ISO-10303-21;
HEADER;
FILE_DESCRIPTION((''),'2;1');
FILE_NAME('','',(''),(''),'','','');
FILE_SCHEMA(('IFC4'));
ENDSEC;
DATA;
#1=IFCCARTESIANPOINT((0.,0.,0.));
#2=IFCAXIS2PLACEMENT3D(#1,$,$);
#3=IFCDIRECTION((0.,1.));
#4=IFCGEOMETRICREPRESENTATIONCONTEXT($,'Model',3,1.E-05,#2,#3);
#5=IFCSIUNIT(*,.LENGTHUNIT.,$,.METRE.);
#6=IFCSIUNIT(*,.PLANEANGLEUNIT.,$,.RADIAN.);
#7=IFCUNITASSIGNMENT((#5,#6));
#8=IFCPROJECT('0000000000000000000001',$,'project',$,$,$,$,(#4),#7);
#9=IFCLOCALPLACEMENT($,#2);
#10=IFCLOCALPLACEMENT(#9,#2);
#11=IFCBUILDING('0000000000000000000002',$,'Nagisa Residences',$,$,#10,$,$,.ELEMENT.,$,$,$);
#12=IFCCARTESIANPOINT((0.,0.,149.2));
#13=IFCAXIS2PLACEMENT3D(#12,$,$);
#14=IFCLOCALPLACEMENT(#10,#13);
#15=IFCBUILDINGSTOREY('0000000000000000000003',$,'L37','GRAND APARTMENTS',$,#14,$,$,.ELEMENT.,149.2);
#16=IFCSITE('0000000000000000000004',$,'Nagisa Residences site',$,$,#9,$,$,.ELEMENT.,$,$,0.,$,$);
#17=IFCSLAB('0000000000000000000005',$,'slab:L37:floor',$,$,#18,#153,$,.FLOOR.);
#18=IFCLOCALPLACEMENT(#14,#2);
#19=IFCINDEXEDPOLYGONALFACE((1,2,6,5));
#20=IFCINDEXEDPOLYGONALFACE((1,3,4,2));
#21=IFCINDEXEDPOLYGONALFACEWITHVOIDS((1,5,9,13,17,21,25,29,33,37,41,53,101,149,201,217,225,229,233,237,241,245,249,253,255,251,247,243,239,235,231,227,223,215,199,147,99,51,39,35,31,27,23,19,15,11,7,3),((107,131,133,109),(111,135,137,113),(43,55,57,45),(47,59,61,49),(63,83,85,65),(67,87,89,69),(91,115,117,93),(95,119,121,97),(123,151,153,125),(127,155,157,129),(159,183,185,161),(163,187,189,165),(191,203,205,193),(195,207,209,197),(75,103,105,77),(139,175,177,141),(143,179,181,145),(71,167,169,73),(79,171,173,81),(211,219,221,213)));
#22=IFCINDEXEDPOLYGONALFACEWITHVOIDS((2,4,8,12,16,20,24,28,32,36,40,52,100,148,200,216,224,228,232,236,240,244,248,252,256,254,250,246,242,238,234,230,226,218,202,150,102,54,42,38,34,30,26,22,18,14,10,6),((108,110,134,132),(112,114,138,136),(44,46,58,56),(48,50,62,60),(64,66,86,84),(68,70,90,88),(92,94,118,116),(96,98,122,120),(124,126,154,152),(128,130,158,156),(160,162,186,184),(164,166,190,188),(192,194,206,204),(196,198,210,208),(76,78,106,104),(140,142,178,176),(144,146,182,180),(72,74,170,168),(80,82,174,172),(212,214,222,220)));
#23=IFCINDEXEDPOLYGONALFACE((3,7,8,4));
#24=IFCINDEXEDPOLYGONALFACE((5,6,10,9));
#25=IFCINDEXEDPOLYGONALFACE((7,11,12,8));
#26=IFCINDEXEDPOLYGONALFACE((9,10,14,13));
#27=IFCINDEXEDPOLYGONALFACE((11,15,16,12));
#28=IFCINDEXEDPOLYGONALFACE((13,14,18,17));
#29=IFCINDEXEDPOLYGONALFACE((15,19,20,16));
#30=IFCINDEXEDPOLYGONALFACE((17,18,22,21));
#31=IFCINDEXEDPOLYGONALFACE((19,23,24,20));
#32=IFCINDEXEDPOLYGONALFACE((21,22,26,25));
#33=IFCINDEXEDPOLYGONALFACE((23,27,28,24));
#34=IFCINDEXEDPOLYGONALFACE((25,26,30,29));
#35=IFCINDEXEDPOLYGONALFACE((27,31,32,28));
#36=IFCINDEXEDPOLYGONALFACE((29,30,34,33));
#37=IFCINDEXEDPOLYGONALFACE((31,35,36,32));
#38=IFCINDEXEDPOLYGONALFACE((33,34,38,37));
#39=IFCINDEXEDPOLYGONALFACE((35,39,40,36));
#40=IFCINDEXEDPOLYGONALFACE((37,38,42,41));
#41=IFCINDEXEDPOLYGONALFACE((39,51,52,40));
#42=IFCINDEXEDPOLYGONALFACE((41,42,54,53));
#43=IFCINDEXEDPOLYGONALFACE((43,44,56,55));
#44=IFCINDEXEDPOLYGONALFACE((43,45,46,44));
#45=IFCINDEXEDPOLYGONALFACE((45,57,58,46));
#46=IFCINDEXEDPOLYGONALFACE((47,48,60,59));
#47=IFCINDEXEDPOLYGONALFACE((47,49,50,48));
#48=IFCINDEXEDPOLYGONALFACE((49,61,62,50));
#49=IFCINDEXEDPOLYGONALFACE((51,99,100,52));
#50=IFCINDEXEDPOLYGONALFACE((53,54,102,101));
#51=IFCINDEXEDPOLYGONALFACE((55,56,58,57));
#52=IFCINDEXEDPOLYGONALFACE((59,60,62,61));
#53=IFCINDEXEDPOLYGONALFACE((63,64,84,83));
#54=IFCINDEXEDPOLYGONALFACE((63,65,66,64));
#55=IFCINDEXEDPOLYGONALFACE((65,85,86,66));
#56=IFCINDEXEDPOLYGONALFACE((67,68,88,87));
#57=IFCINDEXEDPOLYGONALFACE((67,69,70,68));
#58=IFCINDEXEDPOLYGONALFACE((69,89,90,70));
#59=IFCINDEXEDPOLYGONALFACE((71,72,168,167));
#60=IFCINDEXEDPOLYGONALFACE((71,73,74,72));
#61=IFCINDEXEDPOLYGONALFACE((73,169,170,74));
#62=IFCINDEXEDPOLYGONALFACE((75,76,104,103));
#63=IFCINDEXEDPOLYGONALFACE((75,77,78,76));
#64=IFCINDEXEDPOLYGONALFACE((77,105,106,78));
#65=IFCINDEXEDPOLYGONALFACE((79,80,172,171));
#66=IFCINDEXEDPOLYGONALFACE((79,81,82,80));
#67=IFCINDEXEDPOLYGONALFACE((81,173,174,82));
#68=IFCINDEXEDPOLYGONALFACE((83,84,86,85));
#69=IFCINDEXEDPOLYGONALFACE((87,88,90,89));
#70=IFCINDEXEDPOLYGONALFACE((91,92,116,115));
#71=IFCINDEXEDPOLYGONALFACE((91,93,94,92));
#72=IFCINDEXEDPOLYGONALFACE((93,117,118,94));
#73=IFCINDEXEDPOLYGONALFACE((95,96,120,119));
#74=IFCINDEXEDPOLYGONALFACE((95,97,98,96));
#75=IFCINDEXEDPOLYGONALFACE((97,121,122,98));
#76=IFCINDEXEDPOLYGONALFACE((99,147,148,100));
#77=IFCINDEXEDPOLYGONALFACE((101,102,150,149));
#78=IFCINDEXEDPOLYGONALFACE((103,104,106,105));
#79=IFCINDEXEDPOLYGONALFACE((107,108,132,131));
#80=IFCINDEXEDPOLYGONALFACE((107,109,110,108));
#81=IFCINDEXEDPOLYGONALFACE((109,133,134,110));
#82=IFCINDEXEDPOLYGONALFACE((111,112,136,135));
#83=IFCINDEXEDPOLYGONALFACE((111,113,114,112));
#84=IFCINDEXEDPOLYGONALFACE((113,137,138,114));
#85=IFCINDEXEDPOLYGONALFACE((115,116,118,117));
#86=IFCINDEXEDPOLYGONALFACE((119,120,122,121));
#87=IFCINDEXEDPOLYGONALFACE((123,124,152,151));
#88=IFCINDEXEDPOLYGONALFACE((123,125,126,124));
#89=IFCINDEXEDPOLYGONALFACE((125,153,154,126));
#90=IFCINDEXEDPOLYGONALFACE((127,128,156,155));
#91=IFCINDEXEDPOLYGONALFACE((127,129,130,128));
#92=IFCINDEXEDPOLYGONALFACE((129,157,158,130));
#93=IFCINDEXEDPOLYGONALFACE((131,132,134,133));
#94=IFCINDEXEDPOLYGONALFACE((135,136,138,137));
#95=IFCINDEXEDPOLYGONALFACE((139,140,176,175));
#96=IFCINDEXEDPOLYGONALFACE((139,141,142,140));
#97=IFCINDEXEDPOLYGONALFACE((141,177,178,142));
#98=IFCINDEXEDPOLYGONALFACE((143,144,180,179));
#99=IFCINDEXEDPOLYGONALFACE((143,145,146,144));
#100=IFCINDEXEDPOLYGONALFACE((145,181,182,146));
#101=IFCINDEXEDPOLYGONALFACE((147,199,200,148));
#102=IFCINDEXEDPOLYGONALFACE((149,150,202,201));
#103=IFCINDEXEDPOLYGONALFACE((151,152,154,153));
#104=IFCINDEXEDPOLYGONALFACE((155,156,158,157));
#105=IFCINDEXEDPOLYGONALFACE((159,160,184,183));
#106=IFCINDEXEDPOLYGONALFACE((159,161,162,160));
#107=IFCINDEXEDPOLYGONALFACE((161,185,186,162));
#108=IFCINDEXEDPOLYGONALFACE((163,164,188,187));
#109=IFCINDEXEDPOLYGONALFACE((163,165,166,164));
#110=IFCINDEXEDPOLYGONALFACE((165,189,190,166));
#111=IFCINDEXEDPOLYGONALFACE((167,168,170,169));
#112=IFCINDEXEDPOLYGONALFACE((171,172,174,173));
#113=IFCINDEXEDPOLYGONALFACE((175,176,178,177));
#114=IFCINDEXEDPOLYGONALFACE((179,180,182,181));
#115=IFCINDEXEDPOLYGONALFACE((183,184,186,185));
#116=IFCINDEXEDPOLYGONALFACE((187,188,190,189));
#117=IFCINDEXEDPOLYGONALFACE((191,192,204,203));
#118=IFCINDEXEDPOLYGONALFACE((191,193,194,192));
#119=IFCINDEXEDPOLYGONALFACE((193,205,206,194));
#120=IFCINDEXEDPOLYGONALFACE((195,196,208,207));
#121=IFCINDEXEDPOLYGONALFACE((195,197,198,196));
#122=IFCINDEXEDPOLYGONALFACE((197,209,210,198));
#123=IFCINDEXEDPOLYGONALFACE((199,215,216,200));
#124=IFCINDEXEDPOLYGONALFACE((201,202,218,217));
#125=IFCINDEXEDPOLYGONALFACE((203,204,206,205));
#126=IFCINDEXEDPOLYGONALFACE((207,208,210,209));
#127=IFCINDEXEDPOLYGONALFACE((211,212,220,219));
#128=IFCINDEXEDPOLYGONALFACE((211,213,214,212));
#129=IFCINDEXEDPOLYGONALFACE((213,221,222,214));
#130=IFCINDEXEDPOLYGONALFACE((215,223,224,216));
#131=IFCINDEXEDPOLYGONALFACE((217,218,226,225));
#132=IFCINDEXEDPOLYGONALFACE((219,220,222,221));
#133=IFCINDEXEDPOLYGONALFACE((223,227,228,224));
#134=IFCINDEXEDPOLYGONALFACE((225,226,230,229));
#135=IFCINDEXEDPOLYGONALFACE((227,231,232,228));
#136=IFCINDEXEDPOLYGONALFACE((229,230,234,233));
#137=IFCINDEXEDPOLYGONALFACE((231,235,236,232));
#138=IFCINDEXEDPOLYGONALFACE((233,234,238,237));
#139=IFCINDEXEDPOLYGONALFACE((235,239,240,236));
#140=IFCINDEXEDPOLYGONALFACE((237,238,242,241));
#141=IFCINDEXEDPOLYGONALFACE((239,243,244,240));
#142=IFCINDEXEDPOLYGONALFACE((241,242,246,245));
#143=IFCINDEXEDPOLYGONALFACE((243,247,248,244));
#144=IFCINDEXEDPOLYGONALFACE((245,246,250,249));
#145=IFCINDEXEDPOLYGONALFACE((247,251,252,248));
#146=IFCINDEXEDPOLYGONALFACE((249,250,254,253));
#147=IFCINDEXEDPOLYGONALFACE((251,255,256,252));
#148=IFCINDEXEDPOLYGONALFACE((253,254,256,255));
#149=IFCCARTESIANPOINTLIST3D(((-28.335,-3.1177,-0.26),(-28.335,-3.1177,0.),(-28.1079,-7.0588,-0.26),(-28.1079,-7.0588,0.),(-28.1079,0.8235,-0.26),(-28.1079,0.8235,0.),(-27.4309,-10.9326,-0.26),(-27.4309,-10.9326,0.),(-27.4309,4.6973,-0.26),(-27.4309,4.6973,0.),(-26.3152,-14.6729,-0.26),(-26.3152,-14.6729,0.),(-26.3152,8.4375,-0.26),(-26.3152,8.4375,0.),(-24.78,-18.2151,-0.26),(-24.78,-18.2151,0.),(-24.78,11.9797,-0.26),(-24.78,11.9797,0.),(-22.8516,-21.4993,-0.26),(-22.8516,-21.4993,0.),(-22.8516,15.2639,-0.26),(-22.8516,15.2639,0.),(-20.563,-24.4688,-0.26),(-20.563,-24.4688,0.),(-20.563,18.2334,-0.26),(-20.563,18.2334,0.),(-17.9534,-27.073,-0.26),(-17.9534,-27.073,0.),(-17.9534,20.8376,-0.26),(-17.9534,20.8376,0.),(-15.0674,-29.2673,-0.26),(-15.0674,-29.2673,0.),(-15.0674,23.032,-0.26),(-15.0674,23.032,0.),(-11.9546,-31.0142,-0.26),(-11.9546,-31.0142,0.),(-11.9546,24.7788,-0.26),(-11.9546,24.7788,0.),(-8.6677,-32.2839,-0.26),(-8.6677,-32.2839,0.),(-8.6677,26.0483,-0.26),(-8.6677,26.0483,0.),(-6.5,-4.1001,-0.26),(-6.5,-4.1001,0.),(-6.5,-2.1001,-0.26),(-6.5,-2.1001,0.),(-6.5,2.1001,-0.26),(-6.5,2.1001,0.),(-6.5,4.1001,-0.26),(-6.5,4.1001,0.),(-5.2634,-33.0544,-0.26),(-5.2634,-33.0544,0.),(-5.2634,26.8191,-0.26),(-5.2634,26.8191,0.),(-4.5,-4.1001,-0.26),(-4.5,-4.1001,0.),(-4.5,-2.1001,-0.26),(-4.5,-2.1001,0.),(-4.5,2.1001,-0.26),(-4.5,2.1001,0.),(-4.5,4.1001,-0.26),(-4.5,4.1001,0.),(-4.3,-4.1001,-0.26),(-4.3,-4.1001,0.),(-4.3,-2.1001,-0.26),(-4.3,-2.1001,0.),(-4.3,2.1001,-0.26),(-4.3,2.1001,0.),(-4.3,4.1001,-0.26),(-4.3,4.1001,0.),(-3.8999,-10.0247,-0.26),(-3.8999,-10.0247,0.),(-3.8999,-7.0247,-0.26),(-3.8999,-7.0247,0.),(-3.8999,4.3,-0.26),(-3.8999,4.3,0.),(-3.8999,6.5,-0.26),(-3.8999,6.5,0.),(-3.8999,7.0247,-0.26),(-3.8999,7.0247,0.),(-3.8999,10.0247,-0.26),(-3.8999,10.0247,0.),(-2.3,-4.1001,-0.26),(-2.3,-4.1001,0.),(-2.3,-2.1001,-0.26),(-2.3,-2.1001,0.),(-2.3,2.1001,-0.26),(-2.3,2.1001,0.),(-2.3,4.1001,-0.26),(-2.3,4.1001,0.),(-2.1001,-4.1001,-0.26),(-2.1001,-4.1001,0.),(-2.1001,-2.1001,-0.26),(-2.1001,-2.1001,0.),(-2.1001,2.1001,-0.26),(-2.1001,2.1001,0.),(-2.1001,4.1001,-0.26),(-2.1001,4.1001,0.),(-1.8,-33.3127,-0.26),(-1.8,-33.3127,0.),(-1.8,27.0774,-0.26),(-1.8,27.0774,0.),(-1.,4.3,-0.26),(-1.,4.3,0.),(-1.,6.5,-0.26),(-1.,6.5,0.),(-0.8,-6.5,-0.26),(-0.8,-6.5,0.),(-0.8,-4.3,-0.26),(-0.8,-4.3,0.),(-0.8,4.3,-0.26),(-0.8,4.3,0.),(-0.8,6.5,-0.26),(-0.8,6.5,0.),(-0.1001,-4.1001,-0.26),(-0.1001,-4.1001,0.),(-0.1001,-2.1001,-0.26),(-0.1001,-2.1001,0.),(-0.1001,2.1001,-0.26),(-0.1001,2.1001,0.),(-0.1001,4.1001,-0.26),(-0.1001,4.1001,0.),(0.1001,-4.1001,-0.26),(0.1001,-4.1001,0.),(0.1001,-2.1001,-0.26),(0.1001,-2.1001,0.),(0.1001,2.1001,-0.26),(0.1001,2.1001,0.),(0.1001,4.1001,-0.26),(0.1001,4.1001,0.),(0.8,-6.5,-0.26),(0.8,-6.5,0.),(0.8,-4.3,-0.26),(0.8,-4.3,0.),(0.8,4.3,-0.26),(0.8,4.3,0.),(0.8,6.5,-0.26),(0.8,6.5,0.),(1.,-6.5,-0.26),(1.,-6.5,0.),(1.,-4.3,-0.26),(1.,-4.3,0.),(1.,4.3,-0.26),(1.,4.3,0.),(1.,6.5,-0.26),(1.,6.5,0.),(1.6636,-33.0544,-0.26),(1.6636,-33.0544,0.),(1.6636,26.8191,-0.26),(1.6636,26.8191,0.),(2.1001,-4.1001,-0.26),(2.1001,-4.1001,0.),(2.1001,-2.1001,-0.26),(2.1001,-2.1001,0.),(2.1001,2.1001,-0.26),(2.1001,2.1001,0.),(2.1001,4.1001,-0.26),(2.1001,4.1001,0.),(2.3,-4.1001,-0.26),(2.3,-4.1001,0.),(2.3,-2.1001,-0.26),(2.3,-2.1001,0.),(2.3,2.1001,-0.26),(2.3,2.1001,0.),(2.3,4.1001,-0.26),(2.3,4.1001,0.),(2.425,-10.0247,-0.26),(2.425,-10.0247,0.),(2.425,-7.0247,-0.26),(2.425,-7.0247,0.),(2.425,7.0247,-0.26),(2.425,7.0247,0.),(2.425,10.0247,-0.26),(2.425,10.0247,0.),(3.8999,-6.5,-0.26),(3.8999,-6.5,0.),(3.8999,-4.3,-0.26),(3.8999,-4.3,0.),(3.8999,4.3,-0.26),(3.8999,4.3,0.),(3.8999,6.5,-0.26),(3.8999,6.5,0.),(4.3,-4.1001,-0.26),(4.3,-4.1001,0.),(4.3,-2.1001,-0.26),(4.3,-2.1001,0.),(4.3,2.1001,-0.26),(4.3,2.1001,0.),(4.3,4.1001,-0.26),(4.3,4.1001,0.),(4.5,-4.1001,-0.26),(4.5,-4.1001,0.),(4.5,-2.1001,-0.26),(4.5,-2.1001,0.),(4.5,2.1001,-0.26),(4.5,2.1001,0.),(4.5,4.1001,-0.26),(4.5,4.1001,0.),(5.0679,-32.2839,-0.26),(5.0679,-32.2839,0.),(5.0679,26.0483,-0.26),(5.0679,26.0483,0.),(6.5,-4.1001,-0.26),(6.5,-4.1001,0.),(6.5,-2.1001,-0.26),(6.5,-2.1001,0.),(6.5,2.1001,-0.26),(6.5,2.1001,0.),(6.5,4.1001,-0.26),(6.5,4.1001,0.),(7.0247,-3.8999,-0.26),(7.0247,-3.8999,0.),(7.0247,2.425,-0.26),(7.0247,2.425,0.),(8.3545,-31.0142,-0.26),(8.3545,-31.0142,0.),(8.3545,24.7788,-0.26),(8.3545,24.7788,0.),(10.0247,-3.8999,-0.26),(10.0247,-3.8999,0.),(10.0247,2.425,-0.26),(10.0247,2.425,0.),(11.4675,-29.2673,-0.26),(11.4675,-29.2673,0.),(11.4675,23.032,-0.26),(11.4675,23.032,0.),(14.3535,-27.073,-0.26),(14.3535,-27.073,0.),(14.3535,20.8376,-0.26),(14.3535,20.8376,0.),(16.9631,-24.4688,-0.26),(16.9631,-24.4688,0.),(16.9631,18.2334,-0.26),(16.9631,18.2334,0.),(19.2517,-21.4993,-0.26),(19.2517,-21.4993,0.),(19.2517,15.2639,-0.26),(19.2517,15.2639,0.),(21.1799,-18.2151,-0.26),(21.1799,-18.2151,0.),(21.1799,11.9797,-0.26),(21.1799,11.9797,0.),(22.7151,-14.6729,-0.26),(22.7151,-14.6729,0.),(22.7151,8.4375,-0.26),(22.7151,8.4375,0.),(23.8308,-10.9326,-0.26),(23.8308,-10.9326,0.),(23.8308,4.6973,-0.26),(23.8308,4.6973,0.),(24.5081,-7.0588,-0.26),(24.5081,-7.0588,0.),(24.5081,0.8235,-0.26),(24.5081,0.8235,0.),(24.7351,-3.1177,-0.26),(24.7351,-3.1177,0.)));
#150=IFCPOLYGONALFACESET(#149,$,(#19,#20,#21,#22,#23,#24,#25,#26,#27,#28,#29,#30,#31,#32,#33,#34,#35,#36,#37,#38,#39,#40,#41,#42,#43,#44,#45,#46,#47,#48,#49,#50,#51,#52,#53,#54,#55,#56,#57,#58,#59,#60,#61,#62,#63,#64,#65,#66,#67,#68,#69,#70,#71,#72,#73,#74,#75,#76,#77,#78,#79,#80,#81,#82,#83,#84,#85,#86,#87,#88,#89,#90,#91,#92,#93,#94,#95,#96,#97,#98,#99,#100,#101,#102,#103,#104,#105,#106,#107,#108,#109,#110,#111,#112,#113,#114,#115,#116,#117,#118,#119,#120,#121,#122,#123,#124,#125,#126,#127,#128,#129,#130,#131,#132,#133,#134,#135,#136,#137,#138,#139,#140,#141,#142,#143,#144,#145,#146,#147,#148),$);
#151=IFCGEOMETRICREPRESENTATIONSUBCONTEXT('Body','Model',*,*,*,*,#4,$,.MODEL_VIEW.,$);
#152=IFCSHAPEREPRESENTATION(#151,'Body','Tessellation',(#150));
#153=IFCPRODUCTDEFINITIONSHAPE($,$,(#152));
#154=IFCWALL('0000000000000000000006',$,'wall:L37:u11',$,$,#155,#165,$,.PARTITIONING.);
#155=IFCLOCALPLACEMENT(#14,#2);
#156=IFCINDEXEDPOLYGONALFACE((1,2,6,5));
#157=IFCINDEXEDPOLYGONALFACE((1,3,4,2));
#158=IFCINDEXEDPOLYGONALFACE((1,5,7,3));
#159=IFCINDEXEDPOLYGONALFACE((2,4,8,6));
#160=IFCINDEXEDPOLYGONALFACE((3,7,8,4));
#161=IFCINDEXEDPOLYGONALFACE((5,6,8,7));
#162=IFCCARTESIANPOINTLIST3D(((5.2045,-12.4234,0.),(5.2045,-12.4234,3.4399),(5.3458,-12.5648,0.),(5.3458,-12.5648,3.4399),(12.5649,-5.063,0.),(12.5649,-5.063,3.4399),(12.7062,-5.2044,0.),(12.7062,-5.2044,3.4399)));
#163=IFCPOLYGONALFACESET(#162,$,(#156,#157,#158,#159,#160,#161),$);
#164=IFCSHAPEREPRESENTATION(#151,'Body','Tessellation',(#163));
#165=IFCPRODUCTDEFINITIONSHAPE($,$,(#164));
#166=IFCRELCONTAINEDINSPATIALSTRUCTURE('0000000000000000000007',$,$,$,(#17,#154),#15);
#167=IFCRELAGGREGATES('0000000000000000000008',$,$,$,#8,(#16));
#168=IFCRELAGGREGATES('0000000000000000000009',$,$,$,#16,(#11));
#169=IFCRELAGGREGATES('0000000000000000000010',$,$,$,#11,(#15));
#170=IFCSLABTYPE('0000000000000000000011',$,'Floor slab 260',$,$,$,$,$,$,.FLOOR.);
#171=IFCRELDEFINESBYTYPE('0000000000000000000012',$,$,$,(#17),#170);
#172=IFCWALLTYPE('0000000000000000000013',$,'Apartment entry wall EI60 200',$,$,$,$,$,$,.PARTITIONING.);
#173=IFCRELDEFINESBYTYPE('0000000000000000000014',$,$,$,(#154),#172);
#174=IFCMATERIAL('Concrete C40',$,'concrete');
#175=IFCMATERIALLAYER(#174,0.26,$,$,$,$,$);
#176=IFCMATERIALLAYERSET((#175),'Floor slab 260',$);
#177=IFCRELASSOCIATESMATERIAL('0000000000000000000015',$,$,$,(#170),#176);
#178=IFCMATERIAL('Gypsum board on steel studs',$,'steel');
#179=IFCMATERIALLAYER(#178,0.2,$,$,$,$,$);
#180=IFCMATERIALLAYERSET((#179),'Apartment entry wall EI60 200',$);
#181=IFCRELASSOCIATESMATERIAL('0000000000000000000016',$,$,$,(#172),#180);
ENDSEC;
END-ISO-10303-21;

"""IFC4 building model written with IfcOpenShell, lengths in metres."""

from ifc_helpers import new_model, si_unit, direction, frame, frame_2d, origin, place, context, subcontext, project, spatial, polyline, rectangle, outline, extrude, material, layer, layer_set, type_object, element, save


model = new_model("IFC4")

# Units and contexts
model_context = context("Model", 3, precision=1e-05, world=origin(), true_north=direction((0.0, 1.0)))
body_context = subcontext(model_context, "Body", "Model", "MODEL_VIEW")
ifc_project = project(units=[si_unit("LENGTHUNIT", "METRE"), si_unit("PLANEANGLEUNIT", "RADIAN")], contexts=[model_context])

# Site, building, storey
site_placement = place(None, origin())
site = spatial("IfcSite", under=ifc_project, at=site_placement, Name="Nagisa Residences site", CompositionType="ELEMENT", RefElevation=0.0)
building_placement = place(site_placement, origin())
building = spatial("IfcBuilding", under=site, at=building_placement, Name="Nagisa Residences", CompositionType="ELEMENT")
storey_placement = place(building_placement, frame((0.0, 0.0, 149.2)))
storey = spatial("IfcBuildingStorey", under=building, at=storey_placement, Name="L37", Description="GRAND APARTMENTS", CompositionType="ELEMENT", Elevation=149.2)

# Slab
ifc_material_1 = material(Name="Concrete C40", Category="concrete")
ifc_layer_1 = layer(ifc_material_1, 0.26)
ifc_layer_set_1 = layer_set([ifc_layer_1], Name="Floor slab 260")
slab_type_1 = type_object("IfcSlabType", Name="Floor slab 260", PredefinedType="FLOOR", material=ifc_layer_set_1)
slab_1_placement = place(storey_placement, frame((0.0, 0.0, -0.26)))
element("IfcSlab", 1, at=slab_1_placement, inside=storey, type_object=slab_type_1, Name="slab:L37:floor", PredefinedType="FLOOR", context=body_context, shape_type="SweptSolid", body=[
    extrude(outline(polyline([(24.7351, -3.1177), (24.5081, 0.8235), (23.8308, 4.6973), (22.7151, 8.4375), (21.1799, 11.9797), (19.2517, 15.2639), (16.9631, 18.2334), (14.3535, 20.8376), (11.4675, 23.032), (8.3545, 24.7788), (5.0679, 26.0483), (1.6636, 26.8191), (-1.8, 27.0774), (-5.2634, 26.8191), (-8.6677, 26.0483), (-11.9546, 24.7788), (-15.0674, 23.032), (-17.9534, 20.8376), (-20.563, 18.2334), (-22.8516, 15.2639), (-24.78, 11.9797), (-26.3152, 8.4375), (-27.4309, 4.6973), (-28.1079, 0.8235), (-28.335, -3.1177), (-28.1079, -7.0588), (-27.4309, -10.9326), (-26.3152, -14.6729), (-24.78, -18.2151), (-22.8516, -21.4993), (-20.563, -24.4688), (-17.9534, -27.073), (-15.0674, -29.2673), (-11.9546, -31.0142), (-8.6677, -32.2839), (-5.2634, -33.0544), (-1.8, -33.3127), (1.6636, -33.0544), (5.0679, -32.2839), (8.3545, -31.0142), (11.4675, -29.2673), (14.3535, -27.073), (16.9631, -24.4688), (19.2517, -21.4993), (21.1799, -18.2151), (22.7151, -14.6729), (23.8308, -10.9326), (24.5081, -7.0588), (24.7351, -3.1177)]), holes=[polyline([(-4.5, 2.1001), (-4.5, 4.1001), (-6.5, 4.1001), (-6.5, 2.1001), (-4.5, 2.1001)]), polyline([(-2.3, 2.1001), (-2.3, 4.1001), (-4.3, 4.1001), (-4.3, 2.1001), (-2.3, 2.1001)]), polyline([(-0.1001, 2.1001), (-0.1001, 4.1001), (-2.1001, 4.1001), (-2.1001, 2.1001), (-0.1001, 2.1001)]), polyline([(2.1001, 2.1001), (2.1001, 4.1001), (0.1001, 4.1001), (0.1001, 2.1001), (2.1001, 2.1001)]), polyline([(4.3, 2.1001), (4.3, 4.1001), (2.3, 4.1001), (2.3, 2.1001), (4.3, 2.1001)]), polyline([(6.5, 2.1001), (6.5, 4.1001), (4.5, 4.1001), (4.5, 2.1001), (6.5, 2.1001)]), polyline([(-4.5, -4.1001), (-4.5, -2.1001), (-6.5, -2.1001), (-6.5, -4.1001), (-4.5, -4.1001)]), polyline([(-2.3, -4.1001), (-2.3, -2.1001), (-4.3, -2.1001), (-4.3, -4.1001), (-2.3, -4.1001)]), polyline([(-0.1001, -4.1001), (-0.1001, -2.1001), (-2.1001, -2.1001), (-2.1001, -4.1001), (-0.1001, -4.1001)]), polyline([(2.1001, -4.1001), (2.1001, -2.1001), (0.1001, -2.1001), (0.1001, -4.1001), (2.1001, -4.1001)]), polyline([(4.3, -4.1001), (4.3, -2.1001), (2.3, -2.1001), (2.3, -4.1001), (4.3, -4.1001)]), polyline([(6.5, -4.1001), (6.5, -2.1001), (4.5, -2.1001), (4.5, -4.1001), (6.5, -4.1001)]), polyline([(3.8999, 4.3), (3.8999, 6.5), (1.0, 6.5), (1.0, 4.3), (3.8999, 4.3)]), polyline([(3.8999, -6.5), (3.8999, -4.3), (1.0, -4.3), (1.0, -6.5), (3.8999, -6.5)]), polyline([(-1.0, 4.3), (-1.0, 6.5), (-3.8999, 6.5), (-3.8999, 4.3), (-1.0, 4.3)]), polyline([(0.8, 4.3), (0.8, 6.5), (-0.8, 6.5), (-0.8, 4.3), (0.8, 4.3)]), polyline([(0.8, -6.5), (0.8, -4.3), (-0.8, -4.3), (-0.8, -6.5), (0.8, -6.5)]), polyline([(10.0247, -3.8999), (7.0247, -3.8999), (7.0247, 2.425), (10.0247, 2.425), (10.0247, -3.8999)]), polyline([(-3.8999, 7.0247), (-3.8999, 10.0247), (2.425, 10.0247), (2.425, 7.0247), (-3.8999, 7.0247)]), polyline([(-3.8999, -10.0247), (-3.8999, -7.0247), (2.425, -7.0247), (2.425, -10.0247), (-3.8999, -10.0247)])]), origin(), (0.0, 0.0, 1.0), 0.26),
])

# Wall
ifc_material_2 = material(Name="Gypsum board on steel studs", Category="steel")
ifc_layer_2 = layer(ifc_material_2, 0.2)
ifc_layer_set_2 = layer_set([ifc_layer_2], Name="Apartment entry wall EI60 200")
wall_type_1 = type_object("IfcWallType", Name="Apartment entry wall EI60 200", PredefinedType="PARTITIONING", material=ifc_layer_set_2)
wall_1_placement = place(storey_placement, frame((5.2751, -12.4941, 0.0), z_axis=(0.0, 0.0, 1.0), x_axis=(0.707107, 0.707107, 0.0)))
element("IfcWall", 2, at=wall_1_placement, inside=storey, type_object=wall_type_1, Name="wall:L37:u11", PredefinedType="PARTITIONING", context=body_context, shape_type="SweptSolid", body=[
    extrude(rectangle(XDim=10.4092, YDim=0.2, at=frame_2d((5.2046, 0.0))), origin(), (0.0, 0.0, 1.0), 3.4399),
])

save(model, "model.ifc")
